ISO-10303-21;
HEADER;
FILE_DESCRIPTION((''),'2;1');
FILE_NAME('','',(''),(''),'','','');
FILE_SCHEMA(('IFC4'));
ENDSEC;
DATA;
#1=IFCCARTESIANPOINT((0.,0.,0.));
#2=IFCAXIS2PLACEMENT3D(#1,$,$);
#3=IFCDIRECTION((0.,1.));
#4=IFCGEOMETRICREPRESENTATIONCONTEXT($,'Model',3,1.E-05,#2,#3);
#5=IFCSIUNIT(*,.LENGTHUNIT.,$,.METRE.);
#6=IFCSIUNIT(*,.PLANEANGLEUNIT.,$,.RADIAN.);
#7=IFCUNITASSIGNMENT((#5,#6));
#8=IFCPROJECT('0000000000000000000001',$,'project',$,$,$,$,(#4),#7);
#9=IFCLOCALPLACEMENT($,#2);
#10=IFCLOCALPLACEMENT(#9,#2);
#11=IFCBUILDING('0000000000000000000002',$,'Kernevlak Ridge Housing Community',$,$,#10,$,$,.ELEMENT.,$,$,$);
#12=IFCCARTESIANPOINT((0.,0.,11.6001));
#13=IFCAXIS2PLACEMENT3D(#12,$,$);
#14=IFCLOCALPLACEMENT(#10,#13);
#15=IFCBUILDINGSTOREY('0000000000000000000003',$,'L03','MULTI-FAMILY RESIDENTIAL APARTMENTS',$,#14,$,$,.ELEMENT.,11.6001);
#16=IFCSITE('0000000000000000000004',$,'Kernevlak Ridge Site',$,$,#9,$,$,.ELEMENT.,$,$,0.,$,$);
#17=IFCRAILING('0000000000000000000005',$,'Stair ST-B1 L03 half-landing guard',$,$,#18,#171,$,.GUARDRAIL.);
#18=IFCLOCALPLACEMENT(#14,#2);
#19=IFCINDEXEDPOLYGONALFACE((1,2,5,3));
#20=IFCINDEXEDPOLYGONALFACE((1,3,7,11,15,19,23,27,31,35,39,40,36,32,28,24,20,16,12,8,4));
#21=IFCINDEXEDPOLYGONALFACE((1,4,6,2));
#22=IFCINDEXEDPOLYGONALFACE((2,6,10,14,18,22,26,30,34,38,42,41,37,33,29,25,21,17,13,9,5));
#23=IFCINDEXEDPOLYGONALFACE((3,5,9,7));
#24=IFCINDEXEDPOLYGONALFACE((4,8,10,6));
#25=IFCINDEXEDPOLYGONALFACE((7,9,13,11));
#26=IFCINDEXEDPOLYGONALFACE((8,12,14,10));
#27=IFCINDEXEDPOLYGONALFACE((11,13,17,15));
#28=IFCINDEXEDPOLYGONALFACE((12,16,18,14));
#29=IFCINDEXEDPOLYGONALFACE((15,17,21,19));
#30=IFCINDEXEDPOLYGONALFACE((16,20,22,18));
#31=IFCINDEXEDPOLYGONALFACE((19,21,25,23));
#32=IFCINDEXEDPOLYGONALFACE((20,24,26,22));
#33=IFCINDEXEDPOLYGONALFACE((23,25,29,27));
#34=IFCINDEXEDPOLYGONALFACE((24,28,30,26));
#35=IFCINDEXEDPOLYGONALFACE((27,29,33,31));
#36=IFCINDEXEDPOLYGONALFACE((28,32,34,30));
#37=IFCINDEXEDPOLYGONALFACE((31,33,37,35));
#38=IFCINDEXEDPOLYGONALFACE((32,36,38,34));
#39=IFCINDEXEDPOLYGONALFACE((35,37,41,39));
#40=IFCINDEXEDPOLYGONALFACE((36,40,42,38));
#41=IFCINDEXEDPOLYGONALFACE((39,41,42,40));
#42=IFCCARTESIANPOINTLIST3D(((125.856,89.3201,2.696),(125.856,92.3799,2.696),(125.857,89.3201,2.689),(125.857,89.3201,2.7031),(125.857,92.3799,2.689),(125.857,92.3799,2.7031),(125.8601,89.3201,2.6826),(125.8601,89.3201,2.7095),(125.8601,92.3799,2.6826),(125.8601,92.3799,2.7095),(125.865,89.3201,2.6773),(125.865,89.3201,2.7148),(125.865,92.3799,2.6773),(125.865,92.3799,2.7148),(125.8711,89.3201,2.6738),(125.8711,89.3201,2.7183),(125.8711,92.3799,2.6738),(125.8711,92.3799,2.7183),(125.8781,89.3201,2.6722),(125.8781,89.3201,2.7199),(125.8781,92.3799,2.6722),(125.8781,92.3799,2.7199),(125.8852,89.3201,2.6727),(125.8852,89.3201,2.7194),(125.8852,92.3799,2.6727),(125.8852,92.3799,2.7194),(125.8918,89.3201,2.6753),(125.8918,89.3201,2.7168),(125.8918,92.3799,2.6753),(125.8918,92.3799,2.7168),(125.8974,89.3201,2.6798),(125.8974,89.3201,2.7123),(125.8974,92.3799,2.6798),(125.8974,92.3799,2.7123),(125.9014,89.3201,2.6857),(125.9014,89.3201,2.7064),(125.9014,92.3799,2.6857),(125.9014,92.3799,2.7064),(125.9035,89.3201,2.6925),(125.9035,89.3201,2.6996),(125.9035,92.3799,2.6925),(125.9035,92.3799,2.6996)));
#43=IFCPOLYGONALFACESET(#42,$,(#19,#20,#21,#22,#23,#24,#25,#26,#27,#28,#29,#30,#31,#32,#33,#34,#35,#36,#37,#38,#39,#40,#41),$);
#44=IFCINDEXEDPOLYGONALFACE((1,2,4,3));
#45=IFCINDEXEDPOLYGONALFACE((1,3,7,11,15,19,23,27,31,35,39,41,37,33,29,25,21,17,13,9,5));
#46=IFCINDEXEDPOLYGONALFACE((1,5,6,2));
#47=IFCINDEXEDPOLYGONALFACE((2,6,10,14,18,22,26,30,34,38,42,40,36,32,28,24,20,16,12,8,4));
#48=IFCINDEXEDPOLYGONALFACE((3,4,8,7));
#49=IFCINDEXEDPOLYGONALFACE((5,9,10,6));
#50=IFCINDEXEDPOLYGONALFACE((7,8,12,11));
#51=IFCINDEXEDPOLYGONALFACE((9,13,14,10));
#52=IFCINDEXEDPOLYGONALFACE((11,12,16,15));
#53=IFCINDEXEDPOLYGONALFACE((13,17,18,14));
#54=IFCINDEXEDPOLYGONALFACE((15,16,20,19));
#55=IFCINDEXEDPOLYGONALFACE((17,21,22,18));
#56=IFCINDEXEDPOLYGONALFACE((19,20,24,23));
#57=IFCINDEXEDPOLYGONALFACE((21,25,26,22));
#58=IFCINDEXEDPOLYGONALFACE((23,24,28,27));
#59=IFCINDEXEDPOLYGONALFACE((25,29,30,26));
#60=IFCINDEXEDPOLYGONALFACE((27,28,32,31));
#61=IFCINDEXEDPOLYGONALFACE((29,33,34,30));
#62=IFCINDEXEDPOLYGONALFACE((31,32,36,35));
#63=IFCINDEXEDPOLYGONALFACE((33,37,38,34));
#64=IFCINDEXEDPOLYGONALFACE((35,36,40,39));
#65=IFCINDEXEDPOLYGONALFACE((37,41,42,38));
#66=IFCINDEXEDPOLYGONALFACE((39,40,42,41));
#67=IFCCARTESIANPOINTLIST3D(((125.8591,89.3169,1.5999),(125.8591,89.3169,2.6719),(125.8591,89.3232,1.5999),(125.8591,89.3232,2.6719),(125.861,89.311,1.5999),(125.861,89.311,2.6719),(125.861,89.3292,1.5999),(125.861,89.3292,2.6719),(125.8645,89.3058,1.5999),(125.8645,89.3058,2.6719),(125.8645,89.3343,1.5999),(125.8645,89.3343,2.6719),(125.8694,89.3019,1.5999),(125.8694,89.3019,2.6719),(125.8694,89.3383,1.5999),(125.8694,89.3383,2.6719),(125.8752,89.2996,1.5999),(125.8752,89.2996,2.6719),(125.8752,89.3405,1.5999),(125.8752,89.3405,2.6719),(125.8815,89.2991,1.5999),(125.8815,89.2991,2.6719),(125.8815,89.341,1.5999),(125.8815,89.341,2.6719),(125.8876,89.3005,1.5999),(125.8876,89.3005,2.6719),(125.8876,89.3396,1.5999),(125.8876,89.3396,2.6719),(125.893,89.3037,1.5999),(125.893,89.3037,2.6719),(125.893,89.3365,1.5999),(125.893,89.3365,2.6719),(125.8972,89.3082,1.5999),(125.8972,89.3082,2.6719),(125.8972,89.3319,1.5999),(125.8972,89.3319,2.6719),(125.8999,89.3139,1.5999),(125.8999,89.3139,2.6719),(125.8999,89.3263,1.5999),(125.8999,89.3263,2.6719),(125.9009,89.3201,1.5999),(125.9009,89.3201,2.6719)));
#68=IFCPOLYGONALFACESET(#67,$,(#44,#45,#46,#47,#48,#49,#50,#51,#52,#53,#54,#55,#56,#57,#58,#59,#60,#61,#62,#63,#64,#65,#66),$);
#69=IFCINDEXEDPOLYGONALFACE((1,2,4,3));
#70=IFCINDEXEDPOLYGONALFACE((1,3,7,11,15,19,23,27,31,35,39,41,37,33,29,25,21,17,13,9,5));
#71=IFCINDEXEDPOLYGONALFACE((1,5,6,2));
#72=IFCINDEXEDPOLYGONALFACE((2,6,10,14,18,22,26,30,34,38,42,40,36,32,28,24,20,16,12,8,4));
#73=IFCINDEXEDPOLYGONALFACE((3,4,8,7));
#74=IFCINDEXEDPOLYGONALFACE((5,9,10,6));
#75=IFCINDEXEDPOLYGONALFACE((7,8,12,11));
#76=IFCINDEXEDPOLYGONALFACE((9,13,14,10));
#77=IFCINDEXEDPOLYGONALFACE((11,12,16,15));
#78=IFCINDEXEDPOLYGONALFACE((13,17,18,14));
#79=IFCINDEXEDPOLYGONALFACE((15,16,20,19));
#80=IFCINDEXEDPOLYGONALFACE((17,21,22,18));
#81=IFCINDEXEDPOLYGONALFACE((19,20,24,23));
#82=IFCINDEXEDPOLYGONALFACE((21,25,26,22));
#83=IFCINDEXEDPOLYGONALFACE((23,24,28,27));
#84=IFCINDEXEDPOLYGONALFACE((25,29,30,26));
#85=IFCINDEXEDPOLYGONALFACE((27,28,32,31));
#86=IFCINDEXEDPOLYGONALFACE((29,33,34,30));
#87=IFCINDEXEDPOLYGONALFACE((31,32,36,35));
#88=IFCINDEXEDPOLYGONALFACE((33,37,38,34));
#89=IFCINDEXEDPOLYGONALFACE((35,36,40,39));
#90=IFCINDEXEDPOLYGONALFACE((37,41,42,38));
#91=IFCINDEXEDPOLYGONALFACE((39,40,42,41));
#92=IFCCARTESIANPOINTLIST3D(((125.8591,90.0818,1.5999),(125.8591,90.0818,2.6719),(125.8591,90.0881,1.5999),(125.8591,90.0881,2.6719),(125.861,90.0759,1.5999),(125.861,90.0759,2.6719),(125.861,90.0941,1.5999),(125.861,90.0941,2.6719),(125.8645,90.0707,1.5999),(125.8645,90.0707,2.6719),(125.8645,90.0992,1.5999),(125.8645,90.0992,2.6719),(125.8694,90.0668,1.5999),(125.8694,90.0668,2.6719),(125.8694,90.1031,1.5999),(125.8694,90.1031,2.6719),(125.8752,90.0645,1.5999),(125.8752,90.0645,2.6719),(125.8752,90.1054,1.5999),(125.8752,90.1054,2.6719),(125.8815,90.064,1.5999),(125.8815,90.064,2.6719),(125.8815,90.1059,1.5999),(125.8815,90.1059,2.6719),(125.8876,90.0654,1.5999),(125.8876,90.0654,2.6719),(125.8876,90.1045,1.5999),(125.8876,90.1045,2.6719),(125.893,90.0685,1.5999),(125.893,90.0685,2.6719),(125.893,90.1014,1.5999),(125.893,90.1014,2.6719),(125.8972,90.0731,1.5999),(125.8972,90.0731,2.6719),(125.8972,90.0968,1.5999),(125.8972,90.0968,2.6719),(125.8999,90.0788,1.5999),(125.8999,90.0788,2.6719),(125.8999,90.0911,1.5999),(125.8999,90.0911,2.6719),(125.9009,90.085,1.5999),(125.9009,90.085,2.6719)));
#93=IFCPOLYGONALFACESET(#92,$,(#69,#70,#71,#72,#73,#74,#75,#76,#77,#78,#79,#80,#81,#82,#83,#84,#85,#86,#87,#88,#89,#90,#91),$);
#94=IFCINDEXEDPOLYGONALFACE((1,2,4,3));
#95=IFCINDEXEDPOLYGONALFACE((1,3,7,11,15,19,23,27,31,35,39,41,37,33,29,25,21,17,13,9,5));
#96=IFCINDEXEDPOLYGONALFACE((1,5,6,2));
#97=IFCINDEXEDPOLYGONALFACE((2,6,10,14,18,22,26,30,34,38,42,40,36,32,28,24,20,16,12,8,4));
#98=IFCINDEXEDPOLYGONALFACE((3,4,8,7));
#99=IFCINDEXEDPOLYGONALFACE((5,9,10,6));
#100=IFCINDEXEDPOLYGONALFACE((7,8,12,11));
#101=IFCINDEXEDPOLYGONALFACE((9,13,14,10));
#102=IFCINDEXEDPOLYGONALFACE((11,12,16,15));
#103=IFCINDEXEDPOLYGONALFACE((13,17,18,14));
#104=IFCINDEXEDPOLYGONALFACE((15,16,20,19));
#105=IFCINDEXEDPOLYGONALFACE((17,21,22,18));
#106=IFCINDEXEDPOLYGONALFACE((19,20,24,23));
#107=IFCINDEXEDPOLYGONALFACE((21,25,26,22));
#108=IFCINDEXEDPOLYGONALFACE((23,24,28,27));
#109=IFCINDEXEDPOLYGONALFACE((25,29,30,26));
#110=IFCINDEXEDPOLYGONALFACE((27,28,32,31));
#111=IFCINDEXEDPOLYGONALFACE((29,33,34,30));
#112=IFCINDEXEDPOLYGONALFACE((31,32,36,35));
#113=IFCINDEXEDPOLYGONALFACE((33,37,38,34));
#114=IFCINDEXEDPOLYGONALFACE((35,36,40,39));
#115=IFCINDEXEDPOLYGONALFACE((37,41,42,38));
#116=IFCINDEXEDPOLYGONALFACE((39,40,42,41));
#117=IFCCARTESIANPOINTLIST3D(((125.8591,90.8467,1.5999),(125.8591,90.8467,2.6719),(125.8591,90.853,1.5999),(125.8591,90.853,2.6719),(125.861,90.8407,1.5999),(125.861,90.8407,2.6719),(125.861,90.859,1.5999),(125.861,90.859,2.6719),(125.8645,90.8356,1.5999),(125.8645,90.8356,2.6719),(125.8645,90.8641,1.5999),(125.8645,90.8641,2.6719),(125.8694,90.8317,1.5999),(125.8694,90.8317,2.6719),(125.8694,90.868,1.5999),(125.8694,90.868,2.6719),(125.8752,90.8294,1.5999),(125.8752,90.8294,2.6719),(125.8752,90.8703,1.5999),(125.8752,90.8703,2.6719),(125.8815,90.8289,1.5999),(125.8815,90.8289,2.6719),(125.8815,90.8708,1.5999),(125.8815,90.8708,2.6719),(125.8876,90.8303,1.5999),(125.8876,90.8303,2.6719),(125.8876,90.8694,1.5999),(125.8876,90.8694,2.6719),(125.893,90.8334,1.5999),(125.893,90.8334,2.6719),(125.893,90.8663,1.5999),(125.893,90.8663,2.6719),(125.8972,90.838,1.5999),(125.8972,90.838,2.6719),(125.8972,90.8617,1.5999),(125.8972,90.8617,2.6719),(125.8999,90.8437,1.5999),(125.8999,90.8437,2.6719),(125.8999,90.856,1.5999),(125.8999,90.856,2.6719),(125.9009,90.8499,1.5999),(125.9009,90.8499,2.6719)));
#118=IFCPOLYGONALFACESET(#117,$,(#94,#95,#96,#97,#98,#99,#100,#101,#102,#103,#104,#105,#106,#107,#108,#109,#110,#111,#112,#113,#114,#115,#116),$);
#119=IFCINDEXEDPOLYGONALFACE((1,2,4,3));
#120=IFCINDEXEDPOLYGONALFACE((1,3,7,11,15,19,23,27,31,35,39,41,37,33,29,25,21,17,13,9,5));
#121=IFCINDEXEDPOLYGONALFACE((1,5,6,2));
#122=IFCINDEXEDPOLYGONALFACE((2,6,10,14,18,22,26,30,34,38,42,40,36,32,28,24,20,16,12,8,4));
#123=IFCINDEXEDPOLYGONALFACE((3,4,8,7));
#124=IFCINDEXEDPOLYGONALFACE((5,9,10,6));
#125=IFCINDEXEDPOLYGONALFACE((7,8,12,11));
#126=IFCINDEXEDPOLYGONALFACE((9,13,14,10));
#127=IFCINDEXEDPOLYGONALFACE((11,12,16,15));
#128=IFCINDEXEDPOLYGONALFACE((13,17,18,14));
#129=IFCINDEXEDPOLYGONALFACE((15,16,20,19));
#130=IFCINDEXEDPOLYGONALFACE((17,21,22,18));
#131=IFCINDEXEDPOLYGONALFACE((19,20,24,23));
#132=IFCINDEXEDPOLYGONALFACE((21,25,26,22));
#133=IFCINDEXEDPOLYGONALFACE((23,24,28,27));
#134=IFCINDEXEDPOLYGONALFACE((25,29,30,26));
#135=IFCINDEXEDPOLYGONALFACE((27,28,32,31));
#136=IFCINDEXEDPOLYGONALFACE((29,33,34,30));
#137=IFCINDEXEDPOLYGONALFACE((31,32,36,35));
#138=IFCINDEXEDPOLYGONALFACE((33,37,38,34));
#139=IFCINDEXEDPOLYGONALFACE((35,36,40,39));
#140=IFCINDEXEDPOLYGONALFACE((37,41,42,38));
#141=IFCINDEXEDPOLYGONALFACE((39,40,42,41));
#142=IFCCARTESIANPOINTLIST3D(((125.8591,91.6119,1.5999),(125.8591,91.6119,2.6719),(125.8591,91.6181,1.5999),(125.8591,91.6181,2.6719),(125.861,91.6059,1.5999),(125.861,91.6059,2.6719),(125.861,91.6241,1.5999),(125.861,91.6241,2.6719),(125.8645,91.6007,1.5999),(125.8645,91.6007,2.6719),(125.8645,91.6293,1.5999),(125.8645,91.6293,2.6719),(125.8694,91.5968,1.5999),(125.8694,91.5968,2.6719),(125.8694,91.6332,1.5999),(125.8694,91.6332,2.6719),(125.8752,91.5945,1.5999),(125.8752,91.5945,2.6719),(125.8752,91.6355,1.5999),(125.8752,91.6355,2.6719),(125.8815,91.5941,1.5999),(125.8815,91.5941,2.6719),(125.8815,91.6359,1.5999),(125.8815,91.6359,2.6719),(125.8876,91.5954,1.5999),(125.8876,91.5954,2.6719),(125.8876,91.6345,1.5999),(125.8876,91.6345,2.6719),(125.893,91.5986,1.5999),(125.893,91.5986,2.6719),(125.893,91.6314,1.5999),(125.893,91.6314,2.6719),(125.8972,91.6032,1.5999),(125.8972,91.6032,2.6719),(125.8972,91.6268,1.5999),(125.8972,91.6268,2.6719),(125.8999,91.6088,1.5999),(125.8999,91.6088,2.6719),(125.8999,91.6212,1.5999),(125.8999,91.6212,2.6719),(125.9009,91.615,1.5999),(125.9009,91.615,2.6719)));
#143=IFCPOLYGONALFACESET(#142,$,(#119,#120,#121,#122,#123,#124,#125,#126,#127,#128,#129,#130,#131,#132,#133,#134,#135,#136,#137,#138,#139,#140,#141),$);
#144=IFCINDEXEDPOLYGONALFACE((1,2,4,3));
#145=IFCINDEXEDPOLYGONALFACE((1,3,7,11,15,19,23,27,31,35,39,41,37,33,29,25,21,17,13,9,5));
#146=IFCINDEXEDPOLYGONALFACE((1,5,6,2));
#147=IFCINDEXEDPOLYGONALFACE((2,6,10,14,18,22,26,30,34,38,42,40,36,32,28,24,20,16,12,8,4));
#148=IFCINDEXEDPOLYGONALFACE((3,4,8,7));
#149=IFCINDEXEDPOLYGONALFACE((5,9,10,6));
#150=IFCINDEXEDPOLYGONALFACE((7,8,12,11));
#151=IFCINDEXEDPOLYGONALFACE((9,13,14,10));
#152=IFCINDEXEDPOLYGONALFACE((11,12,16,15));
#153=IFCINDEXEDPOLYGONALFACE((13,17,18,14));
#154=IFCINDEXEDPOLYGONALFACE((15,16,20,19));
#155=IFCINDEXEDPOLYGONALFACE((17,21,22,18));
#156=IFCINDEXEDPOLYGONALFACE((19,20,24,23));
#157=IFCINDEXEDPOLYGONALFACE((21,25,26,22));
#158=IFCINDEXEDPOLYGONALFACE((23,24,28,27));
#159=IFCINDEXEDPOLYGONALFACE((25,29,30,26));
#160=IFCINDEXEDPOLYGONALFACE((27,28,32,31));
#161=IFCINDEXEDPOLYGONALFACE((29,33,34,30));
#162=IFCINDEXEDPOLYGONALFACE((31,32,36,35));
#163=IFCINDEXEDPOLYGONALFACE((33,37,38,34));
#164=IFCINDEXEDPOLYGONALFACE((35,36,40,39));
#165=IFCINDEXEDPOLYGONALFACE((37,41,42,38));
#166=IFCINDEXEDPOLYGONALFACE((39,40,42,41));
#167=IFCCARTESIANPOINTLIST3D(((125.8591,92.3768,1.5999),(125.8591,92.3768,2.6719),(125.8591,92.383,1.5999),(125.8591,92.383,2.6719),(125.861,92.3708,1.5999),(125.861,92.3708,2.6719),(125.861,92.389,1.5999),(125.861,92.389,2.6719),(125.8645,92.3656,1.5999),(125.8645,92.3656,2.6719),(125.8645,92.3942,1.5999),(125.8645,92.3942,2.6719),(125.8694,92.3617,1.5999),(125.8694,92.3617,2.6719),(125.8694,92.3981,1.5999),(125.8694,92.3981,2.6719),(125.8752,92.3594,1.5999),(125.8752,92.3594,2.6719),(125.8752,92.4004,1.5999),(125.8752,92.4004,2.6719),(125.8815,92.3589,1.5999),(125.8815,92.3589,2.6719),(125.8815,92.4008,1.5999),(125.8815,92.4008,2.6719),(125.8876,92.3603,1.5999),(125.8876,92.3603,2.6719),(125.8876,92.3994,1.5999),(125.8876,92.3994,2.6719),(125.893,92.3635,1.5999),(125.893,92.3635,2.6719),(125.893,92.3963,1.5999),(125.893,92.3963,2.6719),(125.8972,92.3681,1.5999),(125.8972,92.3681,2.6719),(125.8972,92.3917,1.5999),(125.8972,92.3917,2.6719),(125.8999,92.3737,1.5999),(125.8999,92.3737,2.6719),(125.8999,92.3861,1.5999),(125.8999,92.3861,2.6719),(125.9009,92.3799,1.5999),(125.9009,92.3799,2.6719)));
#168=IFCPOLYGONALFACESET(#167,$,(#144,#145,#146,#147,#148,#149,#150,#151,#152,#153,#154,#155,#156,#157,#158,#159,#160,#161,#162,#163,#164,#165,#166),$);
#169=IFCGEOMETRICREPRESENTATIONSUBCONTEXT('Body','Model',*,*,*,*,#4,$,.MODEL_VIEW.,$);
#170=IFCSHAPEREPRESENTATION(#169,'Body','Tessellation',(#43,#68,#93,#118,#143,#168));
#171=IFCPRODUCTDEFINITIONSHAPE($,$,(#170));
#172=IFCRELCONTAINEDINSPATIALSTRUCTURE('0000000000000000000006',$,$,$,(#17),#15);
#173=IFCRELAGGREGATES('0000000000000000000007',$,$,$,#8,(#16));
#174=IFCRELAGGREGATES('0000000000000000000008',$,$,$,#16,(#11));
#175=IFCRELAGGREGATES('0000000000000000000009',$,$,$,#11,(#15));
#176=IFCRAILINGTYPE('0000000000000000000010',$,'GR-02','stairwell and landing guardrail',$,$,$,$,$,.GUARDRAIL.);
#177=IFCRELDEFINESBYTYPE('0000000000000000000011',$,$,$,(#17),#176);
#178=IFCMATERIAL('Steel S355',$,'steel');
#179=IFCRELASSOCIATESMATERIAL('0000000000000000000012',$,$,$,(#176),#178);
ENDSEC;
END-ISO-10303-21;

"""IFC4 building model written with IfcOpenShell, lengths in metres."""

from ifc_helpers import new_model, si_unit, direction, frame, origin, origin_2d, place, context, subcontext, project, spatial, circle, extrude, material, type_object, element, save


model = new_model("IFC4")

# Units and contexts
model_context = context("Model", 3, precision=1e-05, world=origin(), true_north=direction((0.0, 1.0)))
body_context = subcontext(model_context, "Body", "Model", "MODEL_VIEW")
ifc_project = project(units=[si_unit("LENGTHUNIT", "METRE"), si_unit("PLANEANGLEUNIT", "RADIAN")], contexts=[model_context])

# Site, building, storey
site_placement = place(None, origin())
site = spatial("IfcSite", under=ifc_project, at=site_placement, Name="Kernevlak Ridge Site", CompositionType="ELEMENT", RefElevation=0.0)
building_placement = place(site_placement, origin())
building = spatial("IfcBuilding", under=site, at=building_placement, Name="Kernevlak Ridge Housing Community", CompositionType="ELEMENT")
storey_placement = place(building_placement, frame((0.0, 0.0, 11.6001)))
storey = spatial("IfcBuildingStorey", under=building, at=storey_placement, Name="L03", Description="MULTI-FAMILY RESIDENTIAL APARTMENTS", CompositionType="ELEMENT", Elevation=11.6001)

# Railing
ifc_material_1 = material(Name="Steel S355", Category="steel")
railing_type_1 = type_object("IfcRailingType", Name="GR-02", Description="stairwell and landing guardrail", PredefinedType="GUARDRAIL", material=ifc_material_1)
railing_1_placement = place(storey_placement, frame((125.8799, 89.3201, 1.5999)))
element("IfcRailing", 1, at=railing_1_placement, inside=storey, type_object=railing_type_1, Name="Stair ST-B1 L03 half-landing guard", PredefinedType="GUARDRAIL", context=body_context, shape_type="SweptSolid", body=[
    extrude(circle(Radius=0.0239, at=origin_2d()), frame((0.0, 0.0, 1.0962), z_axis=(0.0, 1.0, 0.0), x_axis=(-1.0, 0.0, 0.0)), (0.0, 0.0, 1.0), 3.0598),
    extrude(circle(Radius=0.021, at=origin_2d()), origin(), (0.0, 0.0, 1.0), 1.072),
    extrude(circle(Radius=0.021, at=origin_2d()), frame((0.0, 0.7649, 0.0)), (0.0, 0.0, 1.0), 1.072),
    extrude(circle(Radius=0.021, at=origin_2d()), frame((0.0, 1.5298, 0.0)), (0.0, 0.0, 1.0), 1.072),
    extrude(circle(Radius=0.021, at=origin_2d()), frame((0.0, 2.2949, 0.0)), (0.0, 0.0, 1.0), 1.072),
    extrude(circle(Radius=0.021, at=origin_2d()), frame((0.0, 3.0598, 0.0)), (0.0, 0.0, 1.0), 1.072),
])

save(model, "model.ifc")
